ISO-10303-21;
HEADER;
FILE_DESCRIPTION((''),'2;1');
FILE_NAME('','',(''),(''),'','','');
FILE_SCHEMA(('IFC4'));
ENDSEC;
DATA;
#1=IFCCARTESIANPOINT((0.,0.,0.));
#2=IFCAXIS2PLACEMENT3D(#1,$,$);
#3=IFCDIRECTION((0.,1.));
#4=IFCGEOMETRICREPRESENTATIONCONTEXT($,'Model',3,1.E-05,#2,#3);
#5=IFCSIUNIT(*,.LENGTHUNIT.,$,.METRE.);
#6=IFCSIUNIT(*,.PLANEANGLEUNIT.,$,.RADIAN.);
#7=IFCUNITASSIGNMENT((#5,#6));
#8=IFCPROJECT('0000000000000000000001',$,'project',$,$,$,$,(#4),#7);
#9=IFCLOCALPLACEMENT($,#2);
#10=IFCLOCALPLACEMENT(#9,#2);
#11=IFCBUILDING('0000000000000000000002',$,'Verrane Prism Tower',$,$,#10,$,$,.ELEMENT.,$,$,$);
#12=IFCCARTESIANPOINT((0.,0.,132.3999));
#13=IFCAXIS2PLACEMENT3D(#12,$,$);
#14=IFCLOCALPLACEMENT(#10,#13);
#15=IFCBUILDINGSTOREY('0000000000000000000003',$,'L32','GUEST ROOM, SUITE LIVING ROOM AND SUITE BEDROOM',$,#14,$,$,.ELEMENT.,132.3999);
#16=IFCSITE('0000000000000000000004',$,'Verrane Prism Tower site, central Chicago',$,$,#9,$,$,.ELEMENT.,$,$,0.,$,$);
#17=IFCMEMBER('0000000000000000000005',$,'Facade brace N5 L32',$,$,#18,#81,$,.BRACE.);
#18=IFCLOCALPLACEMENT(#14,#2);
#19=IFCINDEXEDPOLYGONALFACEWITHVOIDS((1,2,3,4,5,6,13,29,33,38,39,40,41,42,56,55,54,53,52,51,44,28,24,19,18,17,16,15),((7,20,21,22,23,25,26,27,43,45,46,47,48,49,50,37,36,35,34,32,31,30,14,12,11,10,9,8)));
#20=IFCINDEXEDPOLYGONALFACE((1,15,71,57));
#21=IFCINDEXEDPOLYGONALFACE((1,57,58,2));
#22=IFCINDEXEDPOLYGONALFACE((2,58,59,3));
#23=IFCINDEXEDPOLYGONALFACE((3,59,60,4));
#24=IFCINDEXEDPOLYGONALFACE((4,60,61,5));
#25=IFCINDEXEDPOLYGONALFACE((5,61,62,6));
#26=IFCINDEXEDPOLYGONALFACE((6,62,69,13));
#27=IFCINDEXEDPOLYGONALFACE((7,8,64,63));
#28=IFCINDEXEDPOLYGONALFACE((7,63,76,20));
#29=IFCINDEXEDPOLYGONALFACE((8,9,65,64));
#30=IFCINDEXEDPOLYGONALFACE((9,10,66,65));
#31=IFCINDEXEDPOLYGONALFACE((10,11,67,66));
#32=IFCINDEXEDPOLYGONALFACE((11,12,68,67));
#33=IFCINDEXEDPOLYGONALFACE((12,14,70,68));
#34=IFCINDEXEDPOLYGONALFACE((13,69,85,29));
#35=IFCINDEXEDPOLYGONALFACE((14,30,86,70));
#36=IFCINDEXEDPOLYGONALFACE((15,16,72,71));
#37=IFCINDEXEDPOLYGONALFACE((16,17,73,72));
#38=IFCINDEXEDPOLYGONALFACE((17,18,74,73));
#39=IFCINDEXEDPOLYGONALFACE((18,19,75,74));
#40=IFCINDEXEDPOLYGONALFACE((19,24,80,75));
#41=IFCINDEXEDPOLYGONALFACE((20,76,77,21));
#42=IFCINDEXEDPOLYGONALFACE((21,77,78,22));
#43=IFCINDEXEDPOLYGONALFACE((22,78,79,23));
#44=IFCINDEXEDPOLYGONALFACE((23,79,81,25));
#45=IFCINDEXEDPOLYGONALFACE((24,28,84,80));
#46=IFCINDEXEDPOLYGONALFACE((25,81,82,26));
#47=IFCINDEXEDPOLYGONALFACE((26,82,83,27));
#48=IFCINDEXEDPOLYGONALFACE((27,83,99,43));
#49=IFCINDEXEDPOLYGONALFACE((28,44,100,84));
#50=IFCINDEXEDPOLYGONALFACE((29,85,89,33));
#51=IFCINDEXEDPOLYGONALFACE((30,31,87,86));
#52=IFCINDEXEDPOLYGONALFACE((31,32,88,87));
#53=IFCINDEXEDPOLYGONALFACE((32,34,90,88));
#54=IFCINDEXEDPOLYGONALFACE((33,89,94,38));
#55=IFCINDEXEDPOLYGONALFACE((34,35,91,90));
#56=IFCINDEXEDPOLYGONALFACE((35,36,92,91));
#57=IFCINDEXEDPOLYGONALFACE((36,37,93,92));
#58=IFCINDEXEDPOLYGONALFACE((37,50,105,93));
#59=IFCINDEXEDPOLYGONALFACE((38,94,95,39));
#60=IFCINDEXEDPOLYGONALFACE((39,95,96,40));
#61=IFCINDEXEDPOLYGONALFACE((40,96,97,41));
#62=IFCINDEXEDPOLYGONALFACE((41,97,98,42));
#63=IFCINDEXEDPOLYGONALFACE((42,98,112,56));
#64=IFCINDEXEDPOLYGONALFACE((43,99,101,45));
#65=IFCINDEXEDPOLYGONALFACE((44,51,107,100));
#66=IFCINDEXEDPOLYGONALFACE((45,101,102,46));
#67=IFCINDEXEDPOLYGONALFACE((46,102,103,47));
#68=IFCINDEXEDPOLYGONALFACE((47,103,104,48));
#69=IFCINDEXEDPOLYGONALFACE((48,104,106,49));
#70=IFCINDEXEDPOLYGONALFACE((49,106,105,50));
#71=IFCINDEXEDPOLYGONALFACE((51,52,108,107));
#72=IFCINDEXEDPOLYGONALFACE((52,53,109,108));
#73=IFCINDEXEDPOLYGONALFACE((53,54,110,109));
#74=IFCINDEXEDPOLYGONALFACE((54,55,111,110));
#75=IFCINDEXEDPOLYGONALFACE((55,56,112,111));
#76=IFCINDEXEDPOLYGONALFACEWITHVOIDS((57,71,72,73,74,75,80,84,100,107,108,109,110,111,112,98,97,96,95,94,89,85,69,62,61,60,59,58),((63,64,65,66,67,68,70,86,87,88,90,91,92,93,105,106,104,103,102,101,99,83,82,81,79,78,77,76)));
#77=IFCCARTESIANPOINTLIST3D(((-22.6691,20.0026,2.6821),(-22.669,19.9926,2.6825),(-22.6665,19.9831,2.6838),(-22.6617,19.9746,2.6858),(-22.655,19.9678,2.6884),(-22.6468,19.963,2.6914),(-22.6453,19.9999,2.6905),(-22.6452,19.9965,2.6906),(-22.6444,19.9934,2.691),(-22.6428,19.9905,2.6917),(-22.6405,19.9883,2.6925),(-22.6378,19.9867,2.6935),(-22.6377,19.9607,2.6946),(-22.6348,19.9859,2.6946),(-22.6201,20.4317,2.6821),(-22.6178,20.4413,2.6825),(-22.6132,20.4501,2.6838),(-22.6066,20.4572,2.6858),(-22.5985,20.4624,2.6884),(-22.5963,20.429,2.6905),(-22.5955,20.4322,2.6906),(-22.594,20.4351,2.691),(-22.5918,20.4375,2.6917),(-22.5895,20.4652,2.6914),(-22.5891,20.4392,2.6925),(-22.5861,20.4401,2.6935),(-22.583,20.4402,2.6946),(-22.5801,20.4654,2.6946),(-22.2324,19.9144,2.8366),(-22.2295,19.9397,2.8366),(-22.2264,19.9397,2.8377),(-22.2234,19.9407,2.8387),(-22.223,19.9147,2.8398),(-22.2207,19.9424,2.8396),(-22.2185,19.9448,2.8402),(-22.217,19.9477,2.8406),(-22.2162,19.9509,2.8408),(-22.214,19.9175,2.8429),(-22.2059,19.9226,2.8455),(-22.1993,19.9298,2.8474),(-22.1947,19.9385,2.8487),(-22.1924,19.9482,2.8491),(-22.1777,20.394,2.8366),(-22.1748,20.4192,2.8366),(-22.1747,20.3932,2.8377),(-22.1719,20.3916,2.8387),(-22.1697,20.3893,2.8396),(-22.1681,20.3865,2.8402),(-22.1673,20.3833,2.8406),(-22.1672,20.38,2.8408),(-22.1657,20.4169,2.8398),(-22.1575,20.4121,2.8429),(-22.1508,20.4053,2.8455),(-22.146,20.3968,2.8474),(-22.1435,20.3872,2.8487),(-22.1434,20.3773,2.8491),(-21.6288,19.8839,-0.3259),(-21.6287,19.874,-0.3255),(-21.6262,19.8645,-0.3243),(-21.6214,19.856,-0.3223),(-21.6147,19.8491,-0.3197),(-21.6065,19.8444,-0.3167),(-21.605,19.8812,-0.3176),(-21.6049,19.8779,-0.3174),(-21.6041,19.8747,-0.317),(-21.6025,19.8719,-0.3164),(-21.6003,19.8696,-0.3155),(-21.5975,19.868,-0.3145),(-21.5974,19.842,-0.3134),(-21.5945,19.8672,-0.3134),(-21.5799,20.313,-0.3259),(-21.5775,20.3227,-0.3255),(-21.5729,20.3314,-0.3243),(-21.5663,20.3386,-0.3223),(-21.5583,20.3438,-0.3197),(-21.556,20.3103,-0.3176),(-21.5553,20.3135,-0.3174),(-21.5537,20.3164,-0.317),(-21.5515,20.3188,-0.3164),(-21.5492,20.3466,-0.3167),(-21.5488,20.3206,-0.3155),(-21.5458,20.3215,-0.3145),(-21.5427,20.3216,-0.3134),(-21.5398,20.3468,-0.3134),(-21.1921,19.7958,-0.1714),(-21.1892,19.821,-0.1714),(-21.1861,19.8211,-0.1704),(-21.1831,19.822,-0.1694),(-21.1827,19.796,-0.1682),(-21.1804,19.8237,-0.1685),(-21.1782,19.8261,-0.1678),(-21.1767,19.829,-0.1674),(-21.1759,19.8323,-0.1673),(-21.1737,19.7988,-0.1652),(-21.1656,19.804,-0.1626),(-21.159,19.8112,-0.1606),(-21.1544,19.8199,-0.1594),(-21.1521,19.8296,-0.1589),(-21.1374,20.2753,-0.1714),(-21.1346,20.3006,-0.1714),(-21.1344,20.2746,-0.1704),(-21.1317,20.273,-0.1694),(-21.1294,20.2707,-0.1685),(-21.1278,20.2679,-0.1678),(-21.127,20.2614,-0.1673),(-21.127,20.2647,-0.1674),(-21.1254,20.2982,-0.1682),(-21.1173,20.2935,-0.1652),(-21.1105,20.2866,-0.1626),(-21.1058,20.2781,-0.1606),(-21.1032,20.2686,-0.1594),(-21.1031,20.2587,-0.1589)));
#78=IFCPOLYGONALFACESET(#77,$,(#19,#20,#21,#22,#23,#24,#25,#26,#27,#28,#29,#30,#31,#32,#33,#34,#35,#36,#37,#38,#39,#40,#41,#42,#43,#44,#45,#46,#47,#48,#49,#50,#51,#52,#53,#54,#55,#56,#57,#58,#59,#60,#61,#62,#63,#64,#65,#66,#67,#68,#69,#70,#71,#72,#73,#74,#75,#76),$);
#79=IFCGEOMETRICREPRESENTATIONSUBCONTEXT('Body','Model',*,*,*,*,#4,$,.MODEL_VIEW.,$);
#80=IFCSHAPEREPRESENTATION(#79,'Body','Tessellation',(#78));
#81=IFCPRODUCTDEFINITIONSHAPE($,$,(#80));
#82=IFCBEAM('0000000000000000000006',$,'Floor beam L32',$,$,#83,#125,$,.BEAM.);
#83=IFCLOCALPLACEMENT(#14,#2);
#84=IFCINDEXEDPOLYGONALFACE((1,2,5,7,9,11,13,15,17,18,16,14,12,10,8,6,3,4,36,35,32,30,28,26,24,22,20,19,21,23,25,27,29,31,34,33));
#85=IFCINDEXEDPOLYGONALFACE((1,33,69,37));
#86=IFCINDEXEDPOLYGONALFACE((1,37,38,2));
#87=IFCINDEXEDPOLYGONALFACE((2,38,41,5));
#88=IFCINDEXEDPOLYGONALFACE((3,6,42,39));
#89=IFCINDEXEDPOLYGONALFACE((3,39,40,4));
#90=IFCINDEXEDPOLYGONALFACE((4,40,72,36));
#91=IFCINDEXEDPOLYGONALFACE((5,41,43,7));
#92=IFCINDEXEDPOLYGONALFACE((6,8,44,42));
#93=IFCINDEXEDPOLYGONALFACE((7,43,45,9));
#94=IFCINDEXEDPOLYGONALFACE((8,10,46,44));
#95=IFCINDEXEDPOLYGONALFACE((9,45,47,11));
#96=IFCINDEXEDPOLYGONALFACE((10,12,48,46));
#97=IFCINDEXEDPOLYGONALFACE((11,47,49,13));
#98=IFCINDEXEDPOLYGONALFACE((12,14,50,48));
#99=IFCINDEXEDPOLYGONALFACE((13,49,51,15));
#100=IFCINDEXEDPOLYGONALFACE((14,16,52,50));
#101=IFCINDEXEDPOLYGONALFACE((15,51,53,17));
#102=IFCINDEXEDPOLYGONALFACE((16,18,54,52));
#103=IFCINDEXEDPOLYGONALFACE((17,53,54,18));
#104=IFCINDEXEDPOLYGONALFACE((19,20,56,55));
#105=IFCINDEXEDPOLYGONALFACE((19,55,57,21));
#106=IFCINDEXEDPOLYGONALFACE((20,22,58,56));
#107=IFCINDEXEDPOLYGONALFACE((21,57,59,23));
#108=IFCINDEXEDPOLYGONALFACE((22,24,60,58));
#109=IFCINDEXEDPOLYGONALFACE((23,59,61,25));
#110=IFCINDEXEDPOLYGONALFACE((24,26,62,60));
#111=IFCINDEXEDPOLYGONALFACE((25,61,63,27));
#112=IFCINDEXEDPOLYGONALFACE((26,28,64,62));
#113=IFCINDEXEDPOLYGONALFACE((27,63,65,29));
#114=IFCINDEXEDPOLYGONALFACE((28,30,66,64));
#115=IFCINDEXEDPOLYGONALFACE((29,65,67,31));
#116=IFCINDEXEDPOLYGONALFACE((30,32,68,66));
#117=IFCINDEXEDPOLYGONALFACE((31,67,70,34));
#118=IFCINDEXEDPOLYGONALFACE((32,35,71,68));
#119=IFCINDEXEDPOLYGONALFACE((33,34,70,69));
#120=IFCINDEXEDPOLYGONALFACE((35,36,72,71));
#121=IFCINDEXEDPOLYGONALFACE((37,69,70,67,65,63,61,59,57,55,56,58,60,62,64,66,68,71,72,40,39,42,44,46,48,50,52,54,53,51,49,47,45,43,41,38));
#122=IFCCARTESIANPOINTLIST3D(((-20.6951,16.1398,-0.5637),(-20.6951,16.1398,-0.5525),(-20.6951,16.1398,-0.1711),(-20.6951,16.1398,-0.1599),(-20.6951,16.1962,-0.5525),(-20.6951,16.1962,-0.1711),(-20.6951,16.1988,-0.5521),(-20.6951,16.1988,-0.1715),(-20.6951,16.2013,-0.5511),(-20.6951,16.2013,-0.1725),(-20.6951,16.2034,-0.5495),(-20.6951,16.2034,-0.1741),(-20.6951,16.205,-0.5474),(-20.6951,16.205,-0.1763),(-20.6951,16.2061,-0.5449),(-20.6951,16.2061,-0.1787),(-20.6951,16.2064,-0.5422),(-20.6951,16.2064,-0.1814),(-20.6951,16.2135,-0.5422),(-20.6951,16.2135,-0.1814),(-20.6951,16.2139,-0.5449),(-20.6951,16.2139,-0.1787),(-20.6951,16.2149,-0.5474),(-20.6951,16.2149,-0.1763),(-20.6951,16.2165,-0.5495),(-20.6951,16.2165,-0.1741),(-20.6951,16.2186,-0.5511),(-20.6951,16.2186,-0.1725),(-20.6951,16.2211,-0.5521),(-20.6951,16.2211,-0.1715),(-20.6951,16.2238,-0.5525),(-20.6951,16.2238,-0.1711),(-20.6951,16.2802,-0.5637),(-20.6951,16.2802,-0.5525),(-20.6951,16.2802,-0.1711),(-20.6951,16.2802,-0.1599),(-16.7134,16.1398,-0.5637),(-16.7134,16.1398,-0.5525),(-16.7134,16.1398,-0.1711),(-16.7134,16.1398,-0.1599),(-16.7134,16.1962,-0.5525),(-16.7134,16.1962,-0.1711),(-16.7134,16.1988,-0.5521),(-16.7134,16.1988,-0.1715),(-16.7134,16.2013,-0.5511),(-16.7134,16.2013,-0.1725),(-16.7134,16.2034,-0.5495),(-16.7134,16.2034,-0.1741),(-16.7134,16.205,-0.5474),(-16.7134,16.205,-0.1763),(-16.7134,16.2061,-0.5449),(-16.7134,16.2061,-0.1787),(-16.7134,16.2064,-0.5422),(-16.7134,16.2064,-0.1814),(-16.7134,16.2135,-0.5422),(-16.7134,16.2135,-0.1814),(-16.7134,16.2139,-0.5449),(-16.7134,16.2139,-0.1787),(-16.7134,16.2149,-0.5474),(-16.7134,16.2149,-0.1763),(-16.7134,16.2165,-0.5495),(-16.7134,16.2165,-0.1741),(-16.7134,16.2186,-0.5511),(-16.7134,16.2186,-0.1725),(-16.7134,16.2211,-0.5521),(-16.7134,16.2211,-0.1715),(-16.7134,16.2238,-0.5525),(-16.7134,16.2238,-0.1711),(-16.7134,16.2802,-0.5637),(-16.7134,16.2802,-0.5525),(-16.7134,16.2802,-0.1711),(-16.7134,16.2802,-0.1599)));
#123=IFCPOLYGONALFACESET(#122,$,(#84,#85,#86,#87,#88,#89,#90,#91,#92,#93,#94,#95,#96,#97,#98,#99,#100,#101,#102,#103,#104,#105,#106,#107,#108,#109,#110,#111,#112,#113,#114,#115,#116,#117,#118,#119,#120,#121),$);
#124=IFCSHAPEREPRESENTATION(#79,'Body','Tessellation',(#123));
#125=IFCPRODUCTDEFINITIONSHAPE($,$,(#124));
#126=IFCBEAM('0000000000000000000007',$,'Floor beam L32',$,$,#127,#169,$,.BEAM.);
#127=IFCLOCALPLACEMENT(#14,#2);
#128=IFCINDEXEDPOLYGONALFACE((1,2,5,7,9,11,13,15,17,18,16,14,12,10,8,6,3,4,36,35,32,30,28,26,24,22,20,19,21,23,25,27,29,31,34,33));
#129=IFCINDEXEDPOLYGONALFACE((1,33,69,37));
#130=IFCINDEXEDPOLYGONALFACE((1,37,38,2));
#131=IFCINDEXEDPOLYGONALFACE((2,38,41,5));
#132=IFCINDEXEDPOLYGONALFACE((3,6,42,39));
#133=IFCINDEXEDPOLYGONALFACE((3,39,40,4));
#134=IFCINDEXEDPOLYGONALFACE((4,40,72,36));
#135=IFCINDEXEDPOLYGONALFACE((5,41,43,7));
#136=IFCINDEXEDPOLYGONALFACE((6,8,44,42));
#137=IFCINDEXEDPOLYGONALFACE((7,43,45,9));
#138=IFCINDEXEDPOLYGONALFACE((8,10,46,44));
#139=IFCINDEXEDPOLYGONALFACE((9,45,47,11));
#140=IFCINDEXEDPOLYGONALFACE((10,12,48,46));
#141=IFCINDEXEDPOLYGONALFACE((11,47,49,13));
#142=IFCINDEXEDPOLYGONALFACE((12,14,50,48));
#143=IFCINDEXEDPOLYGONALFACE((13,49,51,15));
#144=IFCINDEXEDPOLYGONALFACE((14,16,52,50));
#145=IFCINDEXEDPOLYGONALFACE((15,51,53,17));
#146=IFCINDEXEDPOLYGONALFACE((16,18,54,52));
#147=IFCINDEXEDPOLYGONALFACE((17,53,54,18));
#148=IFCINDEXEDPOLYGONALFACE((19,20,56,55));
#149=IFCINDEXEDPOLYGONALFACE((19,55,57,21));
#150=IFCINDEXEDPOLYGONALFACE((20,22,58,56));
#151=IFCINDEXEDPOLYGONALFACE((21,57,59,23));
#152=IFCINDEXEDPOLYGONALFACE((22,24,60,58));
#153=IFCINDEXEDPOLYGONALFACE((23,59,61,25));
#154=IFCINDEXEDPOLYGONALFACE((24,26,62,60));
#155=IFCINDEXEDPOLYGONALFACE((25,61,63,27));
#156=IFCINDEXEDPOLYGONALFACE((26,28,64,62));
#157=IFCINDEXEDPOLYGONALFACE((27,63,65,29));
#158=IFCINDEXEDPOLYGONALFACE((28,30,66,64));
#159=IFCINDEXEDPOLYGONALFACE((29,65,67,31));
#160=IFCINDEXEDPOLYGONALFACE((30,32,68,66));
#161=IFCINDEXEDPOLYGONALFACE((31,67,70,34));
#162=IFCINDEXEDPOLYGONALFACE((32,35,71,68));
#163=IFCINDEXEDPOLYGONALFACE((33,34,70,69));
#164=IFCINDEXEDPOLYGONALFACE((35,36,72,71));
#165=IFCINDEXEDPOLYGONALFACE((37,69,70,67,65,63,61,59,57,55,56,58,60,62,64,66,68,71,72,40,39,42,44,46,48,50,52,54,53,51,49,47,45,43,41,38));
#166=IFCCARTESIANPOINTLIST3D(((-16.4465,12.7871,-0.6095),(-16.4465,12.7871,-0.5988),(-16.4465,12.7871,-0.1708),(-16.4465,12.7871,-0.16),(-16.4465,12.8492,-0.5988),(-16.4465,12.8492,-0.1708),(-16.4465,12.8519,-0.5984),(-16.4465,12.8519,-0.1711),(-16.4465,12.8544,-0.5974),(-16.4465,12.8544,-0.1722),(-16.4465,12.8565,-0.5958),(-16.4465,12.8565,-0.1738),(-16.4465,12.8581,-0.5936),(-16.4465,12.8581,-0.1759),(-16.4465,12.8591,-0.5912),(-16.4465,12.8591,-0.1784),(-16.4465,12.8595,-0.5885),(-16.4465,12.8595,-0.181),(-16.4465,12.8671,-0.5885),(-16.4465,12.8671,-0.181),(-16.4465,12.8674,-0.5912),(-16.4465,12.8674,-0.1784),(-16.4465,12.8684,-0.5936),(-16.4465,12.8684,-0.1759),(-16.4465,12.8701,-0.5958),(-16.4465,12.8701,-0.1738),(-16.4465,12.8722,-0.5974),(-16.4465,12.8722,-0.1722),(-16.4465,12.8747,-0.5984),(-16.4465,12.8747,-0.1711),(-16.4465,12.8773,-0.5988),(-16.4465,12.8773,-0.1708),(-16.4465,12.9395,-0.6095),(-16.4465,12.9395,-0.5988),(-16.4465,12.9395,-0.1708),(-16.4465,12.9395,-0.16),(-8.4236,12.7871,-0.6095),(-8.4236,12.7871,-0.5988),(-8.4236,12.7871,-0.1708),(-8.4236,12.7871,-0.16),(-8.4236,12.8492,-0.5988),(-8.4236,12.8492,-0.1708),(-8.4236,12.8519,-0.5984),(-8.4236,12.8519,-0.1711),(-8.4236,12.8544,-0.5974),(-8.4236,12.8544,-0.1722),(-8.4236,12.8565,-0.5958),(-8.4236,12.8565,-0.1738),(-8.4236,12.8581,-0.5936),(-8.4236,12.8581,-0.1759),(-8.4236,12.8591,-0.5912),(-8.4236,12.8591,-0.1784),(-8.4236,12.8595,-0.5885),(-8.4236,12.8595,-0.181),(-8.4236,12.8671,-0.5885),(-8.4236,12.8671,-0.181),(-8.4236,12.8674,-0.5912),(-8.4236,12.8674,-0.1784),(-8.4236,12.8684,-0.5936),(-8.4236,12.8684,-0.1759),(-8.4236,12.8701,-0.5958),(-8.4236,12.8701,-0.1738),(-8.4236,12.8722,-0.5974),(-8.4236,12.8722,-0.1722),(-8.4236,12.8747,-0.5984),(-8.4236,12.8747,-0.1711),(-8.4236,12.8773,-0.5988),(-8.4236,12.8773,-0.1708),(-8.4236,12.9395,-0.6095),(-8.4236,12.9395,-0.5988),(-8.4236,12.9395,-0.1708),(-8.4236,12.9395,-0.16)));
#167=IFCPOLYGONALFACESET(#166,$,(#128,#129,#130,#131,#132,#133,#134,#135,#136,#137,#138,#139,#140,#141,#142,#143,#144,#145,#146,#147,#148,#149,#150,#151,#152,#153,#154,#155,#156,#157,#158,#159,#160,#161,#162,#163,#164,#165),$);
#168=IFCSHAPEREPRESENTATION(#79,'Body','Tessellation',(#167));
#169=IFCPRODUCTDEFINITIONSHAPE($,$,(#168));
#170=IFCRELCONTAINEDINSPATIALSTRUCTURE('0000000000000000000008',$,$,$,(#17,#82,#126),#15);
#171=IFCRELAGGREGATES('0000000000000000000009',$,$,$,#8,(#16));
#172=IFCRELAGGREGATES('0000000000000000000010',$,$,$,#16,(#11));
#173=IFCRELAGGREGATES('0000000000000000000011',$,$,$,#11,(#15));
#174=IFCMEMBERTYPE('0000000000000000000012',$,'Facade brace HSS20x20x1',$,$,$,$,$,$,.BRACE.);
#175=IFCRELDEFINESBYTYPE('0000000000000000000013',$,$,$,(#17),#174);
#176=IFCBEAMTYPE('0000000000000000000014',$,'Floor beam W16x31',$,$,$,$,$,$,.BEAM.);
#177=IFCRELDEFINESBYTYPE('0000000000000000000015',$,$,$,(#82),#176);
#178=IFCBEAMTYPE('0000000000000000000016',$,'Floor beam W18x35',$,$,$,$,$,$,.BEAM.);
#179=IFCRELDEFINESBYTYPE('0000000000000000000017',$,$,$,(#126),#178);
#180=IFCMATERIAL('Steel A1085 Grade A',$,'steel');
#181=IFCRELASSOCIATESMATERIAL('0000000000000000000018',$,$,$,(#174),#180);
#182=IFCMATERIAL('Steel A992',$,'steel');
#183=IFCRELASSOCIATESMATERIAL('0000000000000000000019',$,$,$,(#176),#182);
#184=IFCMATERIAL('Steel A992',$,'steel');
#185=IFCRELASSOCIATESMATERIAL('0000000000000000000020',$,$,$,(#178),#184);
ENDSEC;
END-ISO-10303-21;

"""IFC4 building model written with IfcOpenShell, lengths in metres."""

from ifc_helpers import new_model, si_unit, direction, frame, origin, origin_2d, place, context, subcontext, project, spatial, hollow_rectangle, i_section, extrude, material, material_profile, profile_set, type_object, element, save


model = new_model("IFC4")

# Units and contexts
model_context = context("Model", 3, precision=1e-05, world=origin(), true_north=direction((0.0, 1.0)))
body_context = subcontext(model_context, "Body", "Model", "MODEL_VIEW")
ifc_project = project(units=[si_unit("LENGTHUNIT", "METRE"), si_unit("PLANEANGLEUNIT", "RADIAN")], contexts=[model_context])

# Site, building, storey
site_placement = place(None, origin())
site = spatial("IfcSite", under=ifc_project, at=site_placement, Name="Verrane Prism Tower site, central Chicago", CompositionType="ELEMENT", RefElevation=0.0)
building_placement = place(site_placement, origin())
building = spatial("IfcBuilding", under=site, at=building_placement, Name="Verrane Prism Tower", CompositionType="ELEMENT")
storey_placement = place(building_placement, frame((0.0, 0.0, 132.3999)))
storey = spatial("IfcBuildingStorey", under=building, at=storey_placement, Name="L32", Description="GUEST ROOM, SUITE LIVING ROOM AND SUITE BEDROOM", CompositionType="ELEMENT", Elevation=132.3999)

# Member
ifc_material_1 = material(Name="Steel A1085 Grade A", Category="steel")
ifc_material_profile_1 = material_profile(ifc_material_1, hollow_rectangle(XDim=0.5081, YDim=0.5081, WallThickness=0.0254, InnerFilletRadius=0.0127, OuterFilletRadius=0.0381, at=origin_2d()), Name="HSS20x20x1")
ifc_profile_set_1 = profile_set([ifc_material_profile_1], Name="Steel A1085 Grade A")
member_type_1 = type_object("IfcMemberType", Name="Facade brace HSS20x20x1", PredefinedType="BRACE", material=ifc_profile_set_1)
member_1_placement = place(storey_placement, frame((-21.366, 20.0713, -0.2424), z_axis=(-0.326612, 0.037253, 0.944424), x_axis=(-0.113323, -0.993558, 0.0)))
element("IfcMember", 1, at=member_1_placement, inside=storey, type_object=member_type_1, Name="Facade brace N5 L32", PredefinedType="BRACE", context=body_context, shape_type="SweptSolid", body=[
    extrude(hollow_rectangle(XDim=0.5081, YDim=0.5081, WallThickness=0.0254, InnerFilletRadius=0.0127, OuterFilletRadius=0.0381, at=origin_2d()), origin(), (0.0, 0.0, 1.0), 3.1851),
])

# Beams
ifc_material_2 = material(Name="Steel A992", Category="steel")
ifc_material_profile_2 = material_profile(ifc_material_2, i_section(OverallWidth=0.1404, OverallDepth=0.4038, WebThickness=0.0071, FlangeThickness=0.0112, FilletRadius=0.0103, at=origin_2d()), Name="W16x31")
ifc_profile_set_2 = profile_set([ifc_material_profile_2], Name="Steel A992")
beam_type_1 = type_object("IfcBeamType", Name="Floor beam W16x31", PredefinedType="BEAM", material=ifc_profile_set_2)
beam_1_placement = place(storey_placement, frame((-20.6951, 16.21, -0.3618), z_axis=(1.0, 0.0, 0.0), x_axis=(0.0, 1.0, 0.0)))
element("IfcBeam", 2, at=beam_1_placement, inside=storey, type_object=beam_type_1, Name="Floor beam L32", PredefinedType="BEAM", context=body_context, shape_type="SweptSolid", body=[
    extrude(i_section(OverallWidth=0.1404, OverallDepth=0.4038, WebThickness=0.0071, FlangeThickness=0.0112, FilletRadius=0.0103, at=origin_2d()), origin(), (0.0, 0.0, 1.0), 3.9817),
])
ifc_material_3 = material(Name="Steel A992", Category="steel")
ifc_material_profile_3 = material_profile(ifc_material_3, i_section(OverallWidth=0.1523, OverallDepth=0.4495, WebThickness=0.0076, FlangeThickness=0.0107, FilletRadius=0.0103, at=origin_2d()), Name="W18x35")
ifc_profile_set_3 = profile_set([ifc_material_profile_3], Name="Steel A992")
beam_type_2 = type_object("IfcBeamType", Name="Floor beam W18x35", PredefinedType="BEAM", material=ifc_profile_set_3)
for number, where, z_axis, x_axis, name in (
    (3, (-16.4465, 12.8633, -0.3848), (1.0, 0.0, 0.0), (0.0, 1.0, 0.0), "Floor beam L32"),
):
    element("IfcBeam", number, at=place(storey_placement, frame(where, z_axis=z_axis, x_axis=x_axis)), inside=storey, type_object=beam_type_2, Name=name, PredefinedType="BEAM", context=body_context, shape_type="SweptSolid", body=[
        extrude(i_section(OverallWidth=0.1523, OverallDepth=0.4495, WebThickness=0.0076, FlangeThickness=0.0107, FilletRadius=0.0103, at=origin_2d()), origin(), (0.0, 0.0, 1.0), 8.0229),
    ])

save(model, "model.ifc")
